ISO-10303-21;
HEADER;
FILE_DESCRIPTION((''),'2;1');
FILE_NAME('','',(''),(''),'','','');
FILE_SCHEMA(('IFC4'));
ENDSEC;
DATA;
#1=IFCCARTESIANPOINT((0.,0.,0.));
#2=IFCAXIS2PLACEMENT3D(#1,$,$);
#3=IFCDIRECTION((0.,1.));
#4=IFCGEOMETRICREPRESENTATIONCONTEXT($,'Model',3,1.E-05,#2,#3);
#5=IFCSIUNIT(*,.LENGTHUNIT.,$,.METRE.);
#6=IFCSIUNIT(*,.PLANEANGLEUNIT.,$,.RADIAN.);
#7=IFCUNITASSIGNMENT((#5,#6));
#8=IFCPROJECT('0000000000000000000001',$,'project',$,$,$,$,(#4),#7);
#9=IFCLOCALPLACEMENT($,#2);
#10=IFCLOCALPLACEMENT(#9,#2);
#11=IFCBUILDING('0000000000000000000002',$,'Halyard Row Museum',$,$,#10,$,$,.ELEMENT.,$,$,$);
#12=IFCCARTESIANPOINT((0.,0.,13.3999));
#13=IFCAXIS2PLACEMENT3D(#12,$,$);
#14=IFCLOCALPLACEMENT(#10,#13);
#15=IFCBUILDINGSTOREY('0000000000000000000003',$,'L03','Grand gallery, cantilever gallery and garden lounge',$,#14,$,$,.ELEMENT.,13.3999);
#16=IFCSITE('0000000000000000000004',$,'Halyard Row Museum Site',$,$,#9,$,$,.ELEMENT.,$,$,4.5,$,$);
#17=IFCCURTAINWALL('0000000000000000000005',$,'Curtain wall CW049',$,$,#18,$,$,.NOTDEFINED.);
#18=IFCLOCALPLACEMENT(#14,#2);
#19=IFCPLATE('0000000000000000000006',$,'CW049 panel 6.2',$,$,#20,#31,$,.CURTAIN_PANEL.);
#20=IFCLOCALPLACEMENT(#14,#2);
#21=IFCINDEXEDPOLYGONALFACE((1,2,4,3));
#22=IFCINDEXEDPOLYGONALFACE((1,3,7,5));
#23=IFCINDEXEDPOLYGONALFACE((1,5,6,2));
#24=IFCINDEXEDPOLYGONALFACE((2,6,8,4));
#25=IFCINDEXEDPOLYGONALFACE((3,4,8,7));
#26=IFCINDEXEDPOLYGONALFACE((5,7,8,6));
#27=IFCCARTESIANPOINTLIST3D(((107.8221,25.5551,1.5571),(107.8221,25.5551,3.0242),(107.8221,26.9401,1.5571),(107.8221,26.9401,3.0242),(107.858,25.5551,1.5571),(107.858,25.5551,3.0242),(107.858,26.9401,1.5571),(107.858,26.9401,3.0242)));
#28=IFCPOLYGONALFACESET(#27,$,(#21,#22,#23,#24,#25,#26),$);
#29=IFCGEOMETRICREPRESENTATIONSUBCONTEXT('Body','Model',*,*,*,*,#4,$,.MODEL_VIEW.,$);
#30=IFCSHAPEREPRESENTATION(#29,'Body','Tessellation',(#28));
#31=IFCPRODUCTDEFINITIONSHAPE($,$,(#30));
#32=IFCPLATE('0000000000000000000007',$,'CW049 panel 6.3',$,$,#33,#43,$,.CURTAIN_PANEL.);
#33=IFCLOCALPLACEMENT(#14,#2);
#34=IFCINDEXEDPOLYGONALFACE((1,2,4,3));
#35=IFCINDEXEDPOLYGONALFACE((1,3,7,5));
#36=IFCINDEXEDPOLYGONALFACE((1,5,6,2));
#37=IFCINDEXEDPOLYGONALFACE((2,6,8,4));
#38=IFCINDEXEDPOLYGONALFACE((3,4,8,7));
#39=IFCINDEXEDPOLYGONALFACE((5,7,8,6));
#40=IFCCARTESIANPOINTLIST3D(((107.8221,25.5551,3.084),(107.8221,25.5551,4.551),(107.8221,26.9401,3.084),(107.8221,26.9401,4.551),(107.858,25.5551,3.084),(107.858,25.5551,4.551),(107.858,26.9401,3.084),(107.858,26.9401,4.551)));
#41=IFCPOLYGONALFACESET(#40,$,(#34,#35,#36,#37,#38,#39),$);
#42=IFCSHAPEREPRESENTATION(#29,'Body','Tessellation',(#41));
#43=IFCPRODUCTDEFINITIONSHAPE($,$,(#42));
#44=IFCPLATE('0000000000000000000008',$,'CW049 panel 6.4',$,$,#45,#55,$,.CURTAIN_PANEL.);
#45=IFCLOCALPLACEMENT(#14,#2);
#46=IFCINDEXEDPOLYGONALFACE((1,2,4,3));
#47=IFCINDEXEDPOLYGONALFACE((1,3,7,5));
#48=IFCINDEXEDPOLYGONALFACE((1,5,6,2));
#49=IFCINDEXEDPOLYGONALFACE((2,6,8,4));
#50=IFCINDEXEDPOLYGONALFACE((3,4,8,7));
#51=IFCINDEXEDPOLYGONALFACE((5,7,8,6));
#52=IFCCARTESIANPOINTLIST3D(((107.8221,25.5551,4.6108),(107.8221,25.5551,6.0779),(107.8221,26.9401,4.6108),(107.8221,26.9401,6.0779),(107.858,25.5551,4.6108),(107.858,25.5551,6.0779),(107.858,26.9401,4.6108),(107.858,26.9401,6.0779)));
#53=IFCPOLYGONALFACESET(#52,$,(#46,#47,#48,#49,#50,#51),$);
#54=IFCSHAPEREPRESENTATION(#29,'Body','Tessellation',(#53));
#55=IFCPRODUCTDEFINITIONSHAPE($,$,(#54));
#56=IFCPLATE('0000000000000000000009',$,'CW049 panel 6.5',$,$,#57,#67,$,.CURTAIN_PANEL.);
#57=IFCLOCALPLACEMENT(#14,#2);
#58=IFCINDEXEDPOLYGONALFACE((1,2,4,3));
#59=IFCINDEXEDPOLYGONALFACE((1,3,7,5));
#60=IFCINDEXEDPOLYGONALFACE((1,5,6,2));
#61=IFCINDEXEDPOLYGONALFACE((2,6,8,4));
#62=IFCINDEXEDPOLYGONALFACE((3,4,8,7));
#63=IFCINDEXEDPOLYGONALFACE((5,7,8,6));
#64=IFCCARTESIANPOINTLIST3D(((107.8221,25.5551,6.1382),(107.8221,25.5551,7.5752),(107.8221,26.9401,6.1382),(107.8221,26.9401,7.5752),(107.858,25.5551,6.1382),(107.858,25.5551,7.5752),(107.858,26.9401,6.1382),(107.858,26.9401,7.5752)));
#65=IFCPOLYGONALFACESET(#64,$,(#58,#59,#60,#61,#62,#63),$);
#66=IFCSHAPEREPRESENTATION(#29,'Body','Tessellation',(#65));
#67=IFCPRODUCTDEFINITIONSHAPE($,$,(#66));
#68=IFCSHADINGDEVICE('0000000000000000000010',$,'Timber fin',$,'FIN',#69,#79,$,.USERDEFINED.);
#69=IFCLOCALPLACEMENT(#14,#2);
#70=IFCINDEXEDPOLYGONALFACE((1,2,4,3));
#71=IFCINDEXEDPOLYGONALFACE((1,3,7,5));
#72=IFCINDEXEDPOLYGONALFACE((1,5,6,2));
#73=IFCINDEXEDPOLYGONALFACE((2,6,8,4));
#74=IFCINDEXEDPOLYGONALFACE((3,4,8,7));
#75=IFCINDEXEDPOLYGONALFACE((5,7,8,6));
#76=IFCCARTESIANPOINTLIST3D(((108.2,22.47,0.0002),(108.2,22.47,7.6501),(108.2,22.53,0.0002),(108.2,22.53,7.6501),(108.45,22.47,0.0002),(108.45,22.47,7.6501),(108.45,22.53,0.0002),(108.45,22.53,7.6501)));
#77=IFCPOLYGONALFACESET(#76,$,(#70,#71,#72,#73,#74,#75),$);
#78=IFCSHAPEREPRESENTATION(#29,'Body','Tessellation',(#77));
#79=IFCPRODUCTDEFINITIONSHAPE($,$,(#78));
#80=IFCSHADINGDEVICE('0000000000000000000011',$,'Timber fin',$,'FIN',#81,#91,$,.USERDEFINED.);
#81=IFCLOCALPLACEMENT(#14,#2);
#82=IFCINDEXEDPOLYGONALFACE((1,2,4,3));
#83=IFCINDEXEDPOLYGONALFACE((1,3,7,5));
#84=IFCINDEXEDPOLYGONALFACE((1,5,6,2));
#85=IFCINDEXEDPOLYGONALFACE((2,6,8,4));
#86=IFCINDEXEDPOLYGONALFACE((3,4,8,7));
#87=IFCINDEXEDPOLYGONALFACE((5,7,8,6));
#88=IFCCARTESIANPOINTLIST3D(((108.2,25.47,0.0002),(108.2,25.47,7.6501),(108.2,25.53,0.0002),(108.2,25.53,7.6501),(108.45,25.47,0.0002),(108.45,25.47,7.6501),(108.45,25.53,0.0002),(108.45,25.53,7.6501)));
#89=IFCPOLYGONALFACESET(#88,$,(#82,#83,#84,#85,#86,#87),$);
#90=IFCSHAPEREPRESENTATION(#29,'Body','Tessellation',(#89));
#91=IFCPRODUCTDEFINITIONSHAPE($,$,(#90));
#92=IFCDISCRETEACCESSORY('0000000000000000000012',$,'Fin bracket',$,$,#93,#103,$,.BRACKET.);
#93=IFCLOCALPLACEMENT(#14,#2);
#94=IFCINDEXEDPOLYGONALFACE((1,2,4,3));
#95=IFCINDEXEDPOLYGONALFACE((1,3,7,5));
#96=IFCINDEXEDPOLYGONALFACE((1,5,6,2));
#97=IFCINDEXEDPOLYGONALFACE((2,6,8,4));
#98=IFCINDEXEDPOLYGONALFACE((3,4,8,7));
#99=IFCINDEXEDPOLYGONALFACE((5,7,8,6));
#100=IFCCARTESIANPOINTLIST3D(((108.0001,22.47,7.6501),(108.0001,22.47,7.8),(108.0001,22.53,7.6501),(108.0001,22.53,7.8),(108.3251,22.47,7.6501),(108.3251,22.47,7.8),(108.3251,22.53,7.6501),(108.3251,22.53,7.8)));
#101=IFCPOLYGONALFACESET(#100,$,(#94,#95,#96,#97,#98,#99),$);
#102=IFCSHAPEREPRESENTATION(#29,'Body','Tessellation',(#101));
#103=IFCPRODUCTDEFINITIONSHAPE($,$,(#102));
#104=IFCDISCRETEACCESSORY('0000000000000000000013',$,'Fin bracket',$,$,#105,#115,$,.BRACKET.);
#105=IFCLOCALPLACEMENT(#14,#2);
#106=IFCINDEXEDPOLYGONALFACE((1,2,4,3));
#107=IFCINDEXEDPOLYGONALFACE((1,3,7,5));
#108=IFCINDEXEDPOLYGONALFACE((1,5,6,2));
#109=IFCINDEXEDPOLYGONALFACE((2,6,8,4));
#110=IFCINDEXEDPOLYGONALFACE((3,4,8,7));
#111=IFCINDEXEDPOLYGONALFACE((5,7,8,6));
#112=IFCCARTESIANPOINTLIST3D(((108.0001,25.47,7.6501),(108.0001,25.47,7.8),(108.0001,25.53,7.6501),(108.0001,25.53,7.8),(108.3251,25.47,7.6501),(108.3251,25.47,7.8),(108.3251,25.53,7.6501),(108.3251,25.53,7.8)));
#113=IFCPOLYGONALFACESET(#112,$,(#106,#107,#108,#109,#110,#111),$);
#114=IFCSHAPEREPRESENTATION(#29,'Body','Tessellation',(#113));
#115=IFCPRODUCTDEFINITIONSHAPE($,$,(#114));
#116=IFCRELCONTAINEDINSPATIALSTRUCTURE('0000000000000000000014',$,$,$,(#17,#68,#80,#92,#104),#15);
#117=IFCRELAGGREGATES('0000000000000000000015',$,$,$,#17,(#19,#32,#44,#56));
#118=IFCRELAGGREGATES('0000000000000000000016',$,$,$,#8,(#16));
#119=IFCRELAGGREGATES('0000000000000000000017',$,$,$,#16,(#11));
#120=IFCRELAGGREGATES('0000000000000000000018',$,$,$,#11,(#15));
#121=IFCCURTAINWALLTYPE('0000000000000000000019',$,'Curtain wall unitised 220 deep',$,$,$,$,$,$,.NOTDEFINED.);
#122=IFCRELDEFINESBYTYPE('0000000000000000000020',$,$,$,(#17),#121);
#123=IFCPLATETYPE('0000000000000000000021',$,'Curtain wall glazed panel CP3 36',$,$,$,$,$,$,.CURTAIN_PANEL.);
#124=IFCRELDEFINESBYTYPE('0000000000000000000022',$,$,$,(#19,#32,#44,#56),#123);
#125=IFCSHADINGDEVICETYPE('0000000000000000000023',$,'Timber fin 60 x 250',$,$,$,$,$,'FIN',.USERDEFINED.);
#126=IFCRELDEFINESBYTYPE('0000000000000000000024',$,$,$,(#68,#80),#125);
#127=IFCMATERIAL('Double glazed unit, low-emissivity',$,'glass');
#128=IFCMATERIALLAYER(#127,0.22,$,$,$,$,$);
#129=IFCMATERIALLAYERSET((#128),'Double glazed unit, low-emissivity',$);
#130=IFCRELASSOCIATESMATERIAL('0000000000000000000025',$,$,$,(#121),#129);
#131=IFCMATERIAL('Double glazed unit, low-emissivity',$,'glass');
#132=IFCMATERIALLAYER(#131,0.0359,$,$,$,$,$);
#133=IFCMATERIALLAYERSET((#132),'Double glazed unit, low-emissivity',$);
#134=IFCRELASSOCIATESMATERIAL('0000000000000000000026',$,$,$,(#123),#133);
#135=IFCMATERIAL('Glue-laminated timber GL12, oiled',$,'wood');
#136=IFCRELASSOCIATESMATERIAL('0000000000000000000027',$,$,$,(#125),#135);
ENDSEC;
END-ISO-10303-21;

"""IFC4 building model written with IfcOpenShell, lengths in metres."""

from ifc_helpers import new_model, si_unit, direction, frame, origin, origin_2d, place, context, subcontext, project, spatial, rectangle, extrude, material, layer, layer_set, type_object, element, aggregate, save


model = new_model("IFC4")

# Units and contexts
model_context = context("Model", 3, precision=1e-05, world=origin(), true_north=direction((0.0, 1.0)))
body_context = subcontext(model_context, "Body", "Model", "MODEL_VIEW")
ifc_project = project(units=[si_unit("LENGTHUNIT", "METRE"), si_unit("PLANEANGLEUNIT", "RADIAN")], contexts=[model_context])

# Site, building, storey
site_placement = place(None, origin())
site = spatial("IfcSite", under=ifc_project, at=site_placement, Name="Halyard Row Museum Site", CompositionType="ELEMENT", RefElevation=4.5)
building_placement = place(site_placement, origin())
building = spatial("IfcBuilding", under=site, at=building_placement, Name="Halyard Row Museum", CompositionType="ELEMENT")
storey_placement = place(building_placement, frame((0.0, 0.0, 13.3999)))
storey = spatial("IfcBuildingStorey", under=building, at=storey_placement, Name="L03", Description="Grand gallery, cantilever gallery and garden lounge", CompositionType="ELEMENT", Elevation=13.3999)

# Curtain wall, plates
ifc_material_1 = material(Name="Double glazed unit, low-emissivity", Category="glass")
ifc_layer_1 = layer(ifc_material_1, 0.22)
ifc_layer_set_1 = layer_set([ifc_layer_1], Name="Double glazed unit, low-emissivity")
curtain_wall_type = type_object("IfcCurtainWallType", Name="Curtain wall unitised 220 deep", PredefinedType="NOTDEFINED", material=ifc_layer_set_1)
curtain_wall_placement = place(storey_placement, origin())
curtain_wall = element("IfcCurtainWall", 1, at=curtain_wall_placement, inside=storey, type_object=curtain_wall_type, Name="Curtain wall CW049", PredefinedType="NOTDEFINED")
ifc_material_2 = material(Name="Double glazed unit, low-emissivity", Category="glass")
ifc_layer_2 = layer(ifc_material_2, 0.0359)
ifc_layer_set_2 = layer_set([ifc_layer_2], Name="Double glazed unit, low-emissivity")
plate_type = type_object("IfcPlateType", Name="Curtain wall glazed panel CP3 36", PredefinedType="CURTAIN_PANEL", material=ifc_layer_set_2)
plate_1_placement = place(storey_placement, frame((107.8401, 26.2476, 1.5571), z_axis=(0.0, 0.0, 1.0), x_axis=(0.0, 1.0, 0.0)))
plate_1 = element("IfcPlate", 2, at=plate_1_placement, type_object=plate_type, Name="CW049 panel 6.2", PredefinedType="CURTAIN_PANEL", context=body_context, shape_type="SweptSolid", body=[
    extrude(rectangle(XDim=1.385, YDim=0.0359, at=origin_2d()), origin(), (0.0, 0.0, 1.0), 1.467),
])
plate_2_placement = place(storey_placement, frame((107.8401, 26.2476, 3.084), z_axis=(0.0, 0.0, 1.0), x_axis=(0.0, 1.0, 0.0)))
plate_2 = element("IfcPlate", 3, at=plate_2_placement, type_object=plate_type, Name="CW049 panel 6.3", PredefinedType="CURTAIN_PANEL", context=body_context, shape_type="SweptSolid", body=[
    extrude(rectangle(XDim=1.385, YDim=0.0359, at=origin_2d()), origin(), (0.0, 0.0, 1.0), 1.467),
])
plate_3_placement = place(storey_placement, frame((107.8401, 26.2476, 4.6108), z_axis=(0.0, 0.0, 1.0), x_axis=(0.0, 1.0, 0.0)))
plate_3 = element("IfcPlate", 4, at=plate_3_placement, type_object=plate_type, Name="CW049 panel 6.4", PredefinedType="CURTAIN_PANEL", context=body_context, shape_type="SweptSolid", body=[
    extrude(rectangle(XDim=1.385, YDim=0.0359, at=origin_2d()), origin(), (0.0, 0.0, 1.0), 1.467),
])
plate_4_placement = place(storey_placement, frame((107.8401, 26.2476, 6.1382), z_axis=(0.0, 0.0, 1.0), x_axis=(0.0, 1.0, 0.0)))
plate_4 = element("IfcPlate", 5, at=plate_4_placement, type_object=plate_type, Name="CW049 panel 6.5", PredefinedType="CURTAIN_PANEL", context=body_context, shape_type="SweptSolid", body=[
    extrude(rectangle(XDim=1.385, YDim=0.0359, at=origin_2d()), origin(), (0.0, 0.0, 1.0), 1.437),
])
aggregate(curtain_wall, [plate_1, plate_2, plate_3, plate_4])

# Shading devices
ifc_material_3 = material(Name="Glue-laminated timber GL12, oiled", Category="wood")
shading_device_type = type_object("IfcShadingDeviceType", Name="Timber fin 60 x 250", ElementType="FIN", PredefinedType="USERDEFINED", material=ifc_material_3)
for number, where, z_axis, x_axis, name in (
    (6, (108.325, 22.5, 0.0002), (0.0, 0.0, 1.0), (1.0, 0.0, 0.0), "Timber fin"),
    (7, (108.325, 25.5, 0.0002), (0.0, 0.0, 1.0), (1.0, 0.0, 0.0), "Timber fin"),
):
    element("IfcShadingDevice", number, at=place(storey_placement, frame(where, z_axis=z_axis, x_axis=x_axis)), inside=storey, type_object=shading_device_type, Name=name, ObjectType="FIN", PredefinedType="USERDEFINED", context=body_context, shape_type="SweptSolid", body=[
        extrude(rectangle(XDim=0.25, YDim=0.0601, at=origin_2d()), origin(), (0.0, 0.0, 1.0), 7.6499),
    ])

# Discrete accessories
for number, where, z_axis, x_axis, name in (
    (8, (108.1626, 22.5, 7.6501), (0.0, 0.0, 1.0), (1.0, 0.0, 0.0), "Fin bracket"),
    (9, (108.1626, 25.5, 7.6501), (0.0, 0.0, 1.0), (1.0, 0.0, 0.0), "Fin bracket"),
):
    element("IfcDiscreteAccessory", number, at=place(storey_placement, frame(where, z_axis=z_axis, x_axis=x_axis)), inside=storey, Name=name, PredefinedType="BRACKET", context=body_context, shape_type="SweptSolid", body=[
        extrude(rectangle(XDim=0.325, YDim=0.0601, at=origin_2d()), origin(), (0.0, 0.0, 1.0), 0.1499),
    ])

save(model, "model.ifc")
